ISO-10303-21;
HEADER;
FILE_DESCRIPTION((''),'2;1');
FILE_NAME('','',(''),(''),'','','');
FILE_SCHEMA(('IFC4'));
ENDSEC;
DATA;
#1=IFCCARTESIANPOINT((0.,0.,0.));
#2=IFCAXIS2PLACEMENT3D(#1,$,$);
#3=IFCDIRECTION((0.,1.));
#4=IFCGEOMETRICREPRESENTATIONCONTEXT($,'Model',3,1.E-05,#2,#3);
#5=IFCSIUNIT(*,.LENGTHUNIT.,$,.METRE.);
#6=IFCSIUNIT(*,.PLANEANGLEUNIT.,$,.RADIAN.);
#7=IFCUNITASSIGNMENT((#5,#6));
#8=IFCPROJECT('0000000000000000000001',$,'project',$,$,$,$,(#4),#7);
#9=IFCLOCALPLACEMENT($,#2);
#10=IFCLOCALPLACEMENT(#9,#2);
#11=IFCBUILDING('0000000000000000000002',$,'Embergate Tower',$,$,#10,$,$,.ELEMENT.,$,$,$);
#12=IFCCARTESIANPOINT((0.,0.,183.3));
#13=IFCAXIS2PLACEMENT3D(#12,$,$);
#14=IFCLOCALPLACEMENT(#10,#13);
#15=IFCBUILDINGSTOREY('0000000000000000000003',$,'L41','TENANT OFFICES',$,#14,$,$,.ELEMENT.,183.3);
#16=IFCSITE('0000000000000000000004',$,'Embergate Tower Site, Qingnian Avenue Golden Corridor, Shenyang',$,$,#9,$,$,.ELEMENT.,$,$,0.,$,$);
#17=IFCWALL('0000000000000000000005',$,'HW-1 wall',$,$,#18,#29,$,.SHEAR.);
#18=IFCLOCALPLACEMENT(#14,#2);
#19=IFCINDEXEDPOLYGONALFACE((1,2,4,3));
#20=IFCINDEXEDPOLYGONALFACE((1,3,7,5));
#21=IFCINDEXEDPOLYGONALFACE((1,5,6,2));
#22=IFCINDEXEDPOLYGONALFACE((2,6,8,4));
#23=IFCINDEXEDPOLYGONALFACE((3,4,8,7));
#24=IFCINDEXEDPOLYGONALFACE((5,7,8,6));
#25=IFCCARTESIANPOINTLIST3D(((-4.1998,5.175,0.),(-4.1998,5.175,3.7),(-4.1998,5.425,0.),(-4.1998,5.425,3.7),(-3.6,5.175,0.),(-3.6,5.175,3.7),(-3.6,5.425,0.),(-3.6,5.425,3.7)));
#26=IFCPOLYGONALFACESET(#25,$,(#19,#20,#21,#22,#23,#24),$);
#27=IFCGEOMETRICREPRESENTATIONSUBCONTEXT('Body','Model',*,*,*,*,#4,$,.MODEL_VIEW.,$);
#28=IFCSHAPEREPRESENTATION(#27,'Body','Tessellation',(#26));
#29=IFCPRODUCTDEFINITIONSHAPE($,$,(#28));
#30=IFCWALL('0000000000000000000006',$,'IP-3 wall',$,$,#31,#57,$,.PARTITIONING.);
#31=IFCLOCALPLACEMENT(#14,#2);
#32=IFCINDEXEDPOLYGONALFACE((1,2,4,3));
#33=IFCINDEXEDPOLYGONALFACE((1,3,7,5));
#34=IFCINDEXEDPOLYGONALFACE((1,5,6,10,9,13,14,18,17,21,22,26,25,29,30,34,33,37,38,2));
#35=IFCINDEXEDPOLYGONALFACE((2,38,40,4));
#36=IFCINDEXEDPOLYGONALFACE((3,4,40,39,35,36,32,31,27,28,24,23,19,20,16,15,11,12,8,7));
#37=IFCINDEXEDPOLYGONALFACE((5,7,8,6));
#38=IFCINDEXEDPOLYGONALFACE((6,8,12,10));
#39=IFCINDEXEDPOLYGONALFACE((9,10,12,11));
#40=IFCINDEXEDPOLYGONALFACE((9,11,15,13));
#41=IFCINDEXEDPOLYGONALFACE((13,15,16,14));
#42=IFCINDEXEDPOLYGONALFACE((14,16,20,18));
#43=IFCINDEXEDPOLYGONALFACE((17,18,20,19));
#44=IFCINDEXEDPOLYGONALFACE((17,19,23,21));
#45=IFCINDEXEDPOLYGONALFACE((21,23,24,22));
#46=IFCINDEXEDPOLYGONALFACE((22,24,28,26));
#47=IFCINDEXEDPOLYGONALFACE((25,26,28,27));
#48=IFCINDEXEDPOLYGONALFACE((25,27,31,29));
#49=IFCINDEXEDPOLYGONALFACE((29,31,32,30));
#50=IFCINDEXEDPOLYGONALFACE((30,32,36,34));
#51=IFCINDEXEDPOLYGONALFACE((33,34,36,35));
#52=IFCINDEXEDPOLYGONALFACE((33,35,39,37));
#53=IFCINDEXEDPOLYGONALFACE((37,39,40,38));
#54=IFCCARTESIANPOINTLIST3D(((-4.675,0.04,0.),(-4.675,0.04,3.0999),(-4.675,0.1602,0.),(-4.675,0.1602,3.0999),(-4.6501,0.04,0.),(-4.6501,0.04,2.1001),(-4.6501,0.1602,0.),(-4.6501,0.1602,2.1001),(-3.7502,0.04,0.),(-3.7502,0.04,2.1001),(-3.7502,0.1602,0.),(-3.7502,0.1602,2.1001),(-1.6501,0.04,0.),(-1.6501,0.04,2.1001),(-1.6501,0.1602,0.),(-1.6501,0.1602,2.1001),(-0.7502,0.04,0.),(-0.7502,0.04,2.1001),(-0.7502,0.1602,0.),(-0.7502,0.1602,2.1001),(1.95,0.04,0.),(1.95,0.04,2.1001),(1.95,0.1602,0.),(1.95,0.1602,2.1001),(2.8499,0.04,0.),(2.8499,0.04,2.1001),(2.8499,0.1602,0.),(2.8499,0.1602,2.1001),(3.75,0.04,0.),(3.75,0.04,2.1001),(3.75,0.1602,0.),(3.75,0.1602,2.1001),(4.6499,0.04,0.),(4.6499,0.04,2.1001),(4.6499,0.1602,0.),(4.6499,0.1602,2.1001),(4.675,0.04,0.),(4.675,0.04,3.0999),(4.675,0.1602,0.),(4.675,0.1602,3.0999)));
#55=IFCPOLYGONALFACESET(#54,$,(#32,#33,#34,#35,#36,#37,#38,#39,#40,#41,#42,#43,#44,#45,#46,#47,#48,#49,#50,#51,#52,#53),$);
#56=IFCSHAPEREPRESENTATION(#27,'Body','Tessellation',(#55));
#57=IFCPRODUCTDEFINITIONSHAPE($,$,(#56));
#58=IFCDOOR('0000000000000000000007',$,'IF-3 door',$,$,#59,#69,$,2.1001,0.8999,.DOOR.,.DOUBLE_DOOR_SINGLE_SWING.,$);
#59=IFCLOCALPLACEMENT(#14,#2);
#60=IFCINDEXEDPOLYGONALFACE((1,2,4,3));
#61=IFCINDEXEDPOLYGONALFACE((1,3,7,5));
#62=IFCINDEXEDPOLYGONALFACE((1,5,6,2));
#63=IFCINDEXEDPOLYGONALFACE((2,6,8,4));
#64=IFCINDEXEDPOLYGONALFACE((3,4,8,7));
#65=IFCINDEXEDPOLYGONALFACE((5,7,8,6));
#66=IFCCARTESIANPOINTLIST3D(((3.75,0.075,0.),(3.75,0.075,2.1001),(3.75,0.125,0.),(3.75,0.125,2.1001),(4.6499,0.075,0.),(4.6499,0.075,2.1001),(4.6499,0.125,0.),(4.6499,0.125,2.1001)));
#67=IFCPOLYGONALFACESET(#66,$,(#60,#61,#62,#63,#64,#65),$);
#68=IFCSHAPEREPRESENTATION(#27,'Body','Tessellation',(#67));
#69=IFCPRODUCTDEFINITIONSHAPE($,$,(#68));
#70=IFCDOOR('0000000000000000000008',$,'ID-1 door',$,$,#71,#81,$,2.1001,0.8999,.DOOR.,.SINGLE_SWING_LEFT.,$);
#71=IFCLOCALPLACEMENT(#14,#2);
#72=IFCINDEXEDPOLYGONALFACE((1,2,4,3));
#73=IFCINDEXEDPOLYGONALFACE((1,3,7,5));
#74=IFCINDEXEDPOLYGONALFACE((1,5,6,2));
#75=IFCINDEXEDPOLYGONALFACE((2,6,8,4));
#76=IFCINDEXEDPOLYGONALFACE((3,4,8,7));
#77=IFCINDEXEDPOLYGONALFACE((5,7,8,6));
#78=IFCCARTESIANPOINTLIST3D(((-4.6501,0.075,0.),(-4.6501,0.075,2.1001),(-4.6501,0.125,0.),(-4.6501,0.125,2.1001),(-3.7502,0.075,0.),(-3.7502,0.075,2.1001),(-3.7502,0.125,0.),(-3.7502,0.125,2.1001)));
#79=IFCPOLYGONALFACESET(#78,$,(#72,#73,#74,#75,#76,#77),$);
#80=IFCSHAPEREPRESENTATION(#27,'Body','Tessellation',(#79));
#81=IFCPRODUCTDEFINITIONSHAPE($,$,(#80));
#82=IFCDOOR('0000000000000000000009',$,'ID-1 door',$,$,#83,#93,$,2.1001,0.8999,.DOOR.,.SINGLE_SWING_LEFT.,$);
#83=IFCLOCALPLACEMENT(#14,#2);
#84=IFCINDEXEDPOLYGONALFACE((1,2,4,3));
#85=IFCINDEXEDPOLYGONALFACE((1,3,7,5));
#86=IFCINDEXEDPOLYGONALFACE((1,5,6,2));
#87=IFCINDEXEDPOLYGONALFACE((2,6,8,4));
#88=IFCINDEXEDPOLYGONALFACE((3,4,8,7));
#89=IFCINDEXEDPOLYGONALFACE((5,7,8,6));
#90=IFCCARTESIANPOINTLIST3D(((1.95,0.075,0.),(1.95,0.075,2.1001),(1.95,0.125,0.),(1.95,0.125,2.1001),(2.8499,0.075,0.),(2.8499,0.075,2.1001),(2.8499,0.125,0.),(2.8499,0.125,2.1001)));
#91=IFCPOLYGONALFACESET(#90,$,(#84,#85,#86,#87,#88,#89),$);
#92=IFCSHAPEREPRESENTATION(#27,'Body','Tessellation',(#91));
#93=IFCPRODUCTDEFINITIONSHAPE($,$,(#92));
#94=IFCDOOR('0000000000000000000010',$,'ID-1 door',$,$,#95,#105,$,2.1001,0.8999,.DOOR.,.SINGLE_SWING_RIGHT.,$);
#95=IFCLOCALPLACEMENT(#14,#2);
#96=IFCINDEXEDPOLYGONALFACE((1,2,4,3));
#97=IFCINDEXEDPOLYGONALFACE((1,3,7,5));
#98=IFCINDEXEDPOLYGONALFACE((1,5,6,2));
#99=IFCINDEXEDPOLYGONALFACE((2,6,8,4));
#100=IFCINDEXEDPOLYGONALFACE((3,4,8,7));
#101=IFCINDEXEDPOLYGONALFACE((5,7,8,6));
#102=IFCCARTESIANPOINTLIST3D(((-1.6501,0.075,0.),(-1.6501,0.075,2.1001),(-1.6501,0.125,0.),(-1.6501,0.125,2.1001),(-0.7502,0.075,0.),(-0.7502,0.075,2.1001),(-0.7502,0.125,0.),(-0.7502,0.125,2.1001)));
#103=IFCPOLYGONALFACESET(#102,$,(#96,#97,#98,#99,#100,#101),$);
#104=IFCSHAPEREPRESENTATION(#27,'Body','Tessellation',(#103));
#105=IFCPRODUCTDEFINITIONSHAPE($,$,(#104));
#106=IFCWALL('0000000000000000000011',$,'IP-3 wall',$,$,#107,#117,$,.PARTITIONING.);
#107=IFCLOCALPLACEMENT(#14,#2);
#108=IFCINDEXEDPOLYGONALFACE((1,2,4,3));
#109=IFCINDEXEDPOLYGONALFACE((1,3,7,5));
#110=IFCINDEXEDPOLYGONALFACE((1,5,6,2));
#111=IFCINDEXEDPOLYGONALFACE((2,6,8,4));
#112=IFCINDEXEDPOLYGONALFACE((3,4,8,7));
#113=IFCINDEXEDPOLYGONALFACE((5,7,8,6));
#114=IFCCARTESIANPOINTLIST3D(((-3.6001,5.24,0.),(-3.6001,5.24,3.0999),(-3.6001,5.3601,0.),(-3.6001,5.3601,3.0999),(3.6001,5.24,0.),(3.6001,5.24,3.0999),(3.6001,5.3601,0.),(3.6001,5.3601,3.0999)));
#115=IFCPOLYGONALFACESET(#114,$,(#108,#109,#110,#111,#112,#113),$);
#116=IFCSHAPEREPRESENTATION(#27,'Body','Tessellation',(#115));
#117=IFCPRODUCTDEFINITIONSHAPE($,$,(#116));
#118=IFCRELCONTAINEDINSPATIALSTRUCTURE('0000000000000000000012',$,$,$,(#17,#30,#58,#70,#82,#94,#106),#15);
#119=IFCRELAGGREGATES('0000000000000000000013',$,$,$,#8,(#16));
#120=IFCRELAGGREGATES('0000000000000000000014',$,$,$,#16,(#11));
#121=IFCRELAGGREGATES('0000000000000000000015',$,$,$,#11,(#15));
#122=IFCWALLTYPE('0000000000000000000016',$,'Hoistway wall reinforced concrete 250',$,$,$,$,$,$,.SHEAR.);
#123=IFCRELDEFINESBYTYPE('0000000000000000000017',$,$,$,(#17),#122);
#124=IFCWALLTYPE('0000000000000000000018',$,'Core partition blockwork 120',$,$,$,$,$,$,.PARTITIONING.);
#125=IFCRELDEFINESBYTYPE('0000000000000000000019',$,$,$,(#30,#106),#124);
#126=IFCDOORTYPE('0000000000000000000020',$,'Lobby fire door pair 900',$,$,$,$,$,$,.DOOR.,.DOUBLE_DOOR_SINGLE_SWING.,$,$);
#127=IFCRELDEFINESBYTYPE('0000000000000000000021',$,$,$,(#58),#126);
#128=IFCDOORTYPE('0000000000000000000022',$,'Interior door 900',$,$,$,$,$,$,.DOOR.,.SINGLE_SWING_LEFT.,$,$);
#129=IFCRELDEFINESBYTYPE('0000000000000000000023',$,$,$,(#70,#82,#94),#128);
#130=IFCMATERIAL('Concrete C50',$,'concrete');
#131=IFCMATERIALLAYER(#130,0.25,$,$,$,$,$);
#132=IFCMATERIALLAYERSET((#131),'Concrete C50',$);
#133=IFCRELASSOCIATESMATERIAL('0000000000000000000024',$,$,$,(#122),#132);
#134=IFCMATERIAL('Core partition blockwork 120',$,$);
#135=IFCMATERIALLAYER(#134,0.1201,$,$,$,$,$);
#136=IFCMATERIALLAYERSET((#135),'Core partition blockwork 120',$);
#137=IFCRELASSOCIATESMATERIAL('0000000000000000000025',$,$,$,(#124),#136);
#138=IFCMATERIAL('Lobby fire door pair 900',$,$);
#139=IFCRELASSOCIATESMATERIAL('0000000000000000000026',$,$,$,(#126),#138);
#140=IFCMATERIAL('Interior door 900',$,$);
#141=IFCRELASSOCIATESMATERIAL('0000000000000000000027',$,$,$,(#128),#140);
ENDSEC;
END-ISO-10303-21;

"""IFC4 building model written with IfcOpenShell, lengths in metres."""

from ifc_helpers import new_model, si_unit, direction, frame, frame_2d, origin, place, context, subcontext, project, spatial, rectangle, extrude, source, transform, mapped, material, layer, layer_set, type_object, element, fill, save


model = new_model("IFC4")

# Units and contexts
model_context = context("Model", 3, precision=1e-05, world=origin(), true_north=direction((0.0, 1.0)))
body_context = subcontext(model_context, "Body", "Model", "MODEL_VIEW")
ifc_project = project(units=[si_unit("LENGTHUNIT", "METRE"), si_unit("PLANEANGLEUNIT", "RADIAN")], contexts=[model_context])

# Site, building, storey
site_placement = place(None, origin())
site = spatial("IfcSite", under=ifc_project, at=site_placement, Name="Embergate Tower Site, Qingnian Avenue Golden Corridor, Shenyang", CompositionType="ELEMENT", RefElevation=0.0)
building_placement = place(site_placement, origin())
building = spatial("IfcBuilding", under=site, at=building_placement, Name="Embergate Tower", CompositionType="ELEMENT")
storey_placement = place(building_placement, frame((0.0, 0.0, 183.3)))
storey = spatial("IfcBuildingStorey", under=building, at=storey_placement, Name="L41", Description="TENANT OFFICES", CompositionType="ELEMENT", Elevation=183.3)

# Shared definitions
ifc_material_1 = material(Name="Concrete C50", Category="concrete")
ifc_layer_1 = layer(ifc_material_1, 0.25)
ifc_layer_set_1 = layer_set([ifc_layer_1], Name="Concrete C50")
wall_type_1 = type_object("IfcWallType", Name="Hoistway wall reinforced concrete 250", PredefinedType="SHEAR", material=ifc_layer_set_1)

# Shared definitions
ifc_material_2 = material(Name="Core partition blockwork 120")
ifc_layer_2 = layer(ifc_material_2, 0.1201)
ifc_layer_set_2 = layer_set([ifc_layer_2], Name="Core partition blockwork 120")
wall_type_2 = type_object("IfcWallType", Name="Core partition blockwork 120", PredefinedType="PARTITIONING", material=ifc_layer_set_2)

# Wall
shared_shape_1 = source(origin(), body_context, "Body", "SweptSolid", [
    extrude(rectangle(XDim=0.5999, YDim=0.25, at=frame_2d((0.2998, 0.0))), origin(), (0.0, 0.0, 1.0), 3.7),
])
wall_1_placement = place(storey_placement, frame((-3.6001, 5.3, 0.0), z_axis=(0.0, 0.0, 1.0), x_axis=(-1.0, 0.0, 0.0)))
element("IfcWall", 1, at=wall_1_placement, inside=storey, type_object=wall_type_1, Name="HW-1 wall", PredefinedType="SHEAR", context=body_context, shape_type="MappedRepresentation", body=[
    mapped(shared_shape_1, transform((0.0, 0.0, 0.0))),
])

# Wall, openings, doors
shared_shape_2 = source(origin(), body_context, "Body", "SweptSolid", [
    extrude(rectangle(XDim=9.3501, YDim=0.1201, at=frame_2d((4.675, 0.0))), origin(), (0.0, 0.0, 1.0), 3.0999),
])
wall_2_placement = place(storey_placement, frame((-4.675, 0.1001, 0.0), z_axis=(0.0, 0.0, 1.0), x_axis=(1.0, 0.0, 0.0)))
wall_2 = element("IfcWall", 2, at=wall_2_placement, inside=storey, type_object=wall_type_2, Name="IP-3 wall", PredefinedType="PARTITIONING", context=body_context, shape_type="MappedRepresentation", body=[
    mapped(shared_shape_2, transform((0.0, 0.0, 0.0))),
])
shared_shape_3 = source(origin(), body_context, "Body", "SweptSolid", [
    extrude(rectangle(XDim=0.8999, YDim=2.1001, at=frame_2d((0.45, 1.05))), frame((0.0, 0.0701, 0.0), z_axis=(0.0, -1.0, 0.0), x_axis=(1.0, 0.0, 0.0)), (0.0, 0.0, 1.0), 0.1401),
])
opening_1_placement = place(wall_2_placement, frame((8.425, 0.0, 0.0)))
opening_1 = element("IfcOpeningElement", 3, at=opening_1_placement, cuts=wall_2, PredefinedType="OPENING", context=body_context, shape_type="MappedRepresentation", body=[
    mapped(shared_shape_3, transform((0.0, 0.0, 0.0))),
])
opening_2_placement = place(wall_2_placement, frame((0.0249, 0.0, 0.0)))
opening_2 = element("IfcOpeningElement", 4, at=opening_2_placement, cuts=wall_2, PredefinedType="OPENING", context=body_context, shape_type="MappedRepresentation", body=[
    mapped(shared_shape_3, transform((0.0, 0.0, 0.0))),
])
opening_3_placement = place(wall_2_placement, frame((6.625, 0.0, 0.0)))
opening_3 = element("IfcOpeningElement", 5, at=opening_3_placement, cuts=wall_2, PredefinedType="OPENING", context=body_context, shape_type="MappedRepresentation", body=[
    mapped(shared_shape_3, transform((0.0, 0.0, 0.0))),
])
opening_4_placement = place(wall_2_placement, frame((3.0249, 0.0, 0.0)))
opening_4 = element("IfcOpeningElement", 6, at=opening_4_placement, cuts=wall_2, PredefinedType="OPENING", context=body_context, shape_type="MappedRepresentation", body=[
    mapped(shared_shape_3, transform((0.0, 0.0, 0.0))),
])
ifc_material_3 = material(Name="Lobby fire door pair 900")
door_type_1 = type_object("IfcDoorType", Name="Lobby fire door pair 900", OperationType="DOUBLE_DOOR_SINGLE_SWING", PredefinedType="DOOR", material=ifc_material_3)
shared_shape_4 = source(origin(), body_context, "Body", "SweptSolid", [
    extrude(rectangle(XDim=0.8999, YDim=2.1001, at=frame_2d((0.45, 1.05))), frame((0.0, 0.0249, 0.0), z_axis=(0.0, -1.0, 0.0), x_axis=(1.0, 0.0, 0.0)), (0.0, 0.0, 1.0), 0.05),
])
door_1_placement = place(opening_1_placement, origin())
door_1 = element("IfcDoor", 7, at=door_1_placement, inside=storey, type_object=door_type_1, Name="IF-3 door", OperationType="DOUBLE_DOOR_SINGLE_SWING", OverallHeight=2.1001, OverallWidth=0.8999, PredefinedType="DOOR", context=body_context, shape_type="MappedRepresentation", body=[
    mapped(shared_shape_4, transform((0.0, 0.0, 0.0))),
])
fill(opening_1, door_1)
ifc_material_4 = material(Name="Interior door 900")
door_type_2 = type_object("IfcDoorType", Name="Interior door 900", OperationType="SINGLE_SWING_LEFT", PredefinedType="DOOR", material=ifc_material_4)
door_2_placement = place(opening_2_placement, origin())
door_2 = element("IfcDoor", 8, at=door_2_placement, inside=storey, type_object=door_type_2, Name="ID-1 door", OperationType="SINGLE_SWING_LEFT", OverallHeight=2.1001, OverallWidth=0.8999, PredefinedType="DOOR", context=body_context, shape_type="MappedRepresentation", body=[
    mapped(shared_shape_4, transform((0.0, 0.0, 0.0))),
])
fill(opening_2, door_2)
door_3_placement = place(opening_3_placement, origin())
door_3 = element("IfcDoor", 9, at=door_3_placement, inside=storey, type_object=door_type_2, Name="ID-1 door", OperationType="SINGLE_SWING_LEFT", OverallHeight=2.1001, OverallWidth=0.8999, PredefinedType="DOOR", context=body_context, shape_type="MappedRepresentation", body=[
    mapped(shared_shape_4, transform((0.0, 0.0, 0.0))),
])
fill(opening_3, door_3)
door_4_placement = place(opening_4_placement, origin())
door_4 = element("IfcDoor", 10, at=door_4_placement, inside=storey, type_object=door_type_2, Name="ID-1 door", OperationType="SINGLE_SWING_RIGHT", OverallHeight=2.1001, OverallWidth=0.8999, PredefinedType="DOOR", context=body_context, shape_type="MappedRepresentation", body=[
    mapped(shared_shape_4, transform((0.0, 0.0, 0.0))),
])
fill(opening_4, door_4)

# Wall
shared_shape_5 = source(origin(), body_context, "Body", "SweptSolid", [
    extrude(rectangle(XDim=7.2002, YDim=0.1201, at=frame_2d((3.6001, 0.0))), origin(), (0.0, 0.0, 1.0), 3.0999),
])
wall_3_placement = place(storey_placement, frame((-3.6001, 5.3, 0.0), z_axis=(0.0, 0.0, 1.0), x_axis=(1.0, 0.0, 0.0)))
element("IfcWall", 11, at=wall_3_placement, inside=storey, type_object=wall_type_2, Name="IP-3 wall", PredefinedType="PARTITIONING", context=body_context, shape_type="MappedRepresentation", body=[
    mapped(shared_shape_5, transform((0.0, 0.0, 0.0))),
])

save(model, "model.ifc")
